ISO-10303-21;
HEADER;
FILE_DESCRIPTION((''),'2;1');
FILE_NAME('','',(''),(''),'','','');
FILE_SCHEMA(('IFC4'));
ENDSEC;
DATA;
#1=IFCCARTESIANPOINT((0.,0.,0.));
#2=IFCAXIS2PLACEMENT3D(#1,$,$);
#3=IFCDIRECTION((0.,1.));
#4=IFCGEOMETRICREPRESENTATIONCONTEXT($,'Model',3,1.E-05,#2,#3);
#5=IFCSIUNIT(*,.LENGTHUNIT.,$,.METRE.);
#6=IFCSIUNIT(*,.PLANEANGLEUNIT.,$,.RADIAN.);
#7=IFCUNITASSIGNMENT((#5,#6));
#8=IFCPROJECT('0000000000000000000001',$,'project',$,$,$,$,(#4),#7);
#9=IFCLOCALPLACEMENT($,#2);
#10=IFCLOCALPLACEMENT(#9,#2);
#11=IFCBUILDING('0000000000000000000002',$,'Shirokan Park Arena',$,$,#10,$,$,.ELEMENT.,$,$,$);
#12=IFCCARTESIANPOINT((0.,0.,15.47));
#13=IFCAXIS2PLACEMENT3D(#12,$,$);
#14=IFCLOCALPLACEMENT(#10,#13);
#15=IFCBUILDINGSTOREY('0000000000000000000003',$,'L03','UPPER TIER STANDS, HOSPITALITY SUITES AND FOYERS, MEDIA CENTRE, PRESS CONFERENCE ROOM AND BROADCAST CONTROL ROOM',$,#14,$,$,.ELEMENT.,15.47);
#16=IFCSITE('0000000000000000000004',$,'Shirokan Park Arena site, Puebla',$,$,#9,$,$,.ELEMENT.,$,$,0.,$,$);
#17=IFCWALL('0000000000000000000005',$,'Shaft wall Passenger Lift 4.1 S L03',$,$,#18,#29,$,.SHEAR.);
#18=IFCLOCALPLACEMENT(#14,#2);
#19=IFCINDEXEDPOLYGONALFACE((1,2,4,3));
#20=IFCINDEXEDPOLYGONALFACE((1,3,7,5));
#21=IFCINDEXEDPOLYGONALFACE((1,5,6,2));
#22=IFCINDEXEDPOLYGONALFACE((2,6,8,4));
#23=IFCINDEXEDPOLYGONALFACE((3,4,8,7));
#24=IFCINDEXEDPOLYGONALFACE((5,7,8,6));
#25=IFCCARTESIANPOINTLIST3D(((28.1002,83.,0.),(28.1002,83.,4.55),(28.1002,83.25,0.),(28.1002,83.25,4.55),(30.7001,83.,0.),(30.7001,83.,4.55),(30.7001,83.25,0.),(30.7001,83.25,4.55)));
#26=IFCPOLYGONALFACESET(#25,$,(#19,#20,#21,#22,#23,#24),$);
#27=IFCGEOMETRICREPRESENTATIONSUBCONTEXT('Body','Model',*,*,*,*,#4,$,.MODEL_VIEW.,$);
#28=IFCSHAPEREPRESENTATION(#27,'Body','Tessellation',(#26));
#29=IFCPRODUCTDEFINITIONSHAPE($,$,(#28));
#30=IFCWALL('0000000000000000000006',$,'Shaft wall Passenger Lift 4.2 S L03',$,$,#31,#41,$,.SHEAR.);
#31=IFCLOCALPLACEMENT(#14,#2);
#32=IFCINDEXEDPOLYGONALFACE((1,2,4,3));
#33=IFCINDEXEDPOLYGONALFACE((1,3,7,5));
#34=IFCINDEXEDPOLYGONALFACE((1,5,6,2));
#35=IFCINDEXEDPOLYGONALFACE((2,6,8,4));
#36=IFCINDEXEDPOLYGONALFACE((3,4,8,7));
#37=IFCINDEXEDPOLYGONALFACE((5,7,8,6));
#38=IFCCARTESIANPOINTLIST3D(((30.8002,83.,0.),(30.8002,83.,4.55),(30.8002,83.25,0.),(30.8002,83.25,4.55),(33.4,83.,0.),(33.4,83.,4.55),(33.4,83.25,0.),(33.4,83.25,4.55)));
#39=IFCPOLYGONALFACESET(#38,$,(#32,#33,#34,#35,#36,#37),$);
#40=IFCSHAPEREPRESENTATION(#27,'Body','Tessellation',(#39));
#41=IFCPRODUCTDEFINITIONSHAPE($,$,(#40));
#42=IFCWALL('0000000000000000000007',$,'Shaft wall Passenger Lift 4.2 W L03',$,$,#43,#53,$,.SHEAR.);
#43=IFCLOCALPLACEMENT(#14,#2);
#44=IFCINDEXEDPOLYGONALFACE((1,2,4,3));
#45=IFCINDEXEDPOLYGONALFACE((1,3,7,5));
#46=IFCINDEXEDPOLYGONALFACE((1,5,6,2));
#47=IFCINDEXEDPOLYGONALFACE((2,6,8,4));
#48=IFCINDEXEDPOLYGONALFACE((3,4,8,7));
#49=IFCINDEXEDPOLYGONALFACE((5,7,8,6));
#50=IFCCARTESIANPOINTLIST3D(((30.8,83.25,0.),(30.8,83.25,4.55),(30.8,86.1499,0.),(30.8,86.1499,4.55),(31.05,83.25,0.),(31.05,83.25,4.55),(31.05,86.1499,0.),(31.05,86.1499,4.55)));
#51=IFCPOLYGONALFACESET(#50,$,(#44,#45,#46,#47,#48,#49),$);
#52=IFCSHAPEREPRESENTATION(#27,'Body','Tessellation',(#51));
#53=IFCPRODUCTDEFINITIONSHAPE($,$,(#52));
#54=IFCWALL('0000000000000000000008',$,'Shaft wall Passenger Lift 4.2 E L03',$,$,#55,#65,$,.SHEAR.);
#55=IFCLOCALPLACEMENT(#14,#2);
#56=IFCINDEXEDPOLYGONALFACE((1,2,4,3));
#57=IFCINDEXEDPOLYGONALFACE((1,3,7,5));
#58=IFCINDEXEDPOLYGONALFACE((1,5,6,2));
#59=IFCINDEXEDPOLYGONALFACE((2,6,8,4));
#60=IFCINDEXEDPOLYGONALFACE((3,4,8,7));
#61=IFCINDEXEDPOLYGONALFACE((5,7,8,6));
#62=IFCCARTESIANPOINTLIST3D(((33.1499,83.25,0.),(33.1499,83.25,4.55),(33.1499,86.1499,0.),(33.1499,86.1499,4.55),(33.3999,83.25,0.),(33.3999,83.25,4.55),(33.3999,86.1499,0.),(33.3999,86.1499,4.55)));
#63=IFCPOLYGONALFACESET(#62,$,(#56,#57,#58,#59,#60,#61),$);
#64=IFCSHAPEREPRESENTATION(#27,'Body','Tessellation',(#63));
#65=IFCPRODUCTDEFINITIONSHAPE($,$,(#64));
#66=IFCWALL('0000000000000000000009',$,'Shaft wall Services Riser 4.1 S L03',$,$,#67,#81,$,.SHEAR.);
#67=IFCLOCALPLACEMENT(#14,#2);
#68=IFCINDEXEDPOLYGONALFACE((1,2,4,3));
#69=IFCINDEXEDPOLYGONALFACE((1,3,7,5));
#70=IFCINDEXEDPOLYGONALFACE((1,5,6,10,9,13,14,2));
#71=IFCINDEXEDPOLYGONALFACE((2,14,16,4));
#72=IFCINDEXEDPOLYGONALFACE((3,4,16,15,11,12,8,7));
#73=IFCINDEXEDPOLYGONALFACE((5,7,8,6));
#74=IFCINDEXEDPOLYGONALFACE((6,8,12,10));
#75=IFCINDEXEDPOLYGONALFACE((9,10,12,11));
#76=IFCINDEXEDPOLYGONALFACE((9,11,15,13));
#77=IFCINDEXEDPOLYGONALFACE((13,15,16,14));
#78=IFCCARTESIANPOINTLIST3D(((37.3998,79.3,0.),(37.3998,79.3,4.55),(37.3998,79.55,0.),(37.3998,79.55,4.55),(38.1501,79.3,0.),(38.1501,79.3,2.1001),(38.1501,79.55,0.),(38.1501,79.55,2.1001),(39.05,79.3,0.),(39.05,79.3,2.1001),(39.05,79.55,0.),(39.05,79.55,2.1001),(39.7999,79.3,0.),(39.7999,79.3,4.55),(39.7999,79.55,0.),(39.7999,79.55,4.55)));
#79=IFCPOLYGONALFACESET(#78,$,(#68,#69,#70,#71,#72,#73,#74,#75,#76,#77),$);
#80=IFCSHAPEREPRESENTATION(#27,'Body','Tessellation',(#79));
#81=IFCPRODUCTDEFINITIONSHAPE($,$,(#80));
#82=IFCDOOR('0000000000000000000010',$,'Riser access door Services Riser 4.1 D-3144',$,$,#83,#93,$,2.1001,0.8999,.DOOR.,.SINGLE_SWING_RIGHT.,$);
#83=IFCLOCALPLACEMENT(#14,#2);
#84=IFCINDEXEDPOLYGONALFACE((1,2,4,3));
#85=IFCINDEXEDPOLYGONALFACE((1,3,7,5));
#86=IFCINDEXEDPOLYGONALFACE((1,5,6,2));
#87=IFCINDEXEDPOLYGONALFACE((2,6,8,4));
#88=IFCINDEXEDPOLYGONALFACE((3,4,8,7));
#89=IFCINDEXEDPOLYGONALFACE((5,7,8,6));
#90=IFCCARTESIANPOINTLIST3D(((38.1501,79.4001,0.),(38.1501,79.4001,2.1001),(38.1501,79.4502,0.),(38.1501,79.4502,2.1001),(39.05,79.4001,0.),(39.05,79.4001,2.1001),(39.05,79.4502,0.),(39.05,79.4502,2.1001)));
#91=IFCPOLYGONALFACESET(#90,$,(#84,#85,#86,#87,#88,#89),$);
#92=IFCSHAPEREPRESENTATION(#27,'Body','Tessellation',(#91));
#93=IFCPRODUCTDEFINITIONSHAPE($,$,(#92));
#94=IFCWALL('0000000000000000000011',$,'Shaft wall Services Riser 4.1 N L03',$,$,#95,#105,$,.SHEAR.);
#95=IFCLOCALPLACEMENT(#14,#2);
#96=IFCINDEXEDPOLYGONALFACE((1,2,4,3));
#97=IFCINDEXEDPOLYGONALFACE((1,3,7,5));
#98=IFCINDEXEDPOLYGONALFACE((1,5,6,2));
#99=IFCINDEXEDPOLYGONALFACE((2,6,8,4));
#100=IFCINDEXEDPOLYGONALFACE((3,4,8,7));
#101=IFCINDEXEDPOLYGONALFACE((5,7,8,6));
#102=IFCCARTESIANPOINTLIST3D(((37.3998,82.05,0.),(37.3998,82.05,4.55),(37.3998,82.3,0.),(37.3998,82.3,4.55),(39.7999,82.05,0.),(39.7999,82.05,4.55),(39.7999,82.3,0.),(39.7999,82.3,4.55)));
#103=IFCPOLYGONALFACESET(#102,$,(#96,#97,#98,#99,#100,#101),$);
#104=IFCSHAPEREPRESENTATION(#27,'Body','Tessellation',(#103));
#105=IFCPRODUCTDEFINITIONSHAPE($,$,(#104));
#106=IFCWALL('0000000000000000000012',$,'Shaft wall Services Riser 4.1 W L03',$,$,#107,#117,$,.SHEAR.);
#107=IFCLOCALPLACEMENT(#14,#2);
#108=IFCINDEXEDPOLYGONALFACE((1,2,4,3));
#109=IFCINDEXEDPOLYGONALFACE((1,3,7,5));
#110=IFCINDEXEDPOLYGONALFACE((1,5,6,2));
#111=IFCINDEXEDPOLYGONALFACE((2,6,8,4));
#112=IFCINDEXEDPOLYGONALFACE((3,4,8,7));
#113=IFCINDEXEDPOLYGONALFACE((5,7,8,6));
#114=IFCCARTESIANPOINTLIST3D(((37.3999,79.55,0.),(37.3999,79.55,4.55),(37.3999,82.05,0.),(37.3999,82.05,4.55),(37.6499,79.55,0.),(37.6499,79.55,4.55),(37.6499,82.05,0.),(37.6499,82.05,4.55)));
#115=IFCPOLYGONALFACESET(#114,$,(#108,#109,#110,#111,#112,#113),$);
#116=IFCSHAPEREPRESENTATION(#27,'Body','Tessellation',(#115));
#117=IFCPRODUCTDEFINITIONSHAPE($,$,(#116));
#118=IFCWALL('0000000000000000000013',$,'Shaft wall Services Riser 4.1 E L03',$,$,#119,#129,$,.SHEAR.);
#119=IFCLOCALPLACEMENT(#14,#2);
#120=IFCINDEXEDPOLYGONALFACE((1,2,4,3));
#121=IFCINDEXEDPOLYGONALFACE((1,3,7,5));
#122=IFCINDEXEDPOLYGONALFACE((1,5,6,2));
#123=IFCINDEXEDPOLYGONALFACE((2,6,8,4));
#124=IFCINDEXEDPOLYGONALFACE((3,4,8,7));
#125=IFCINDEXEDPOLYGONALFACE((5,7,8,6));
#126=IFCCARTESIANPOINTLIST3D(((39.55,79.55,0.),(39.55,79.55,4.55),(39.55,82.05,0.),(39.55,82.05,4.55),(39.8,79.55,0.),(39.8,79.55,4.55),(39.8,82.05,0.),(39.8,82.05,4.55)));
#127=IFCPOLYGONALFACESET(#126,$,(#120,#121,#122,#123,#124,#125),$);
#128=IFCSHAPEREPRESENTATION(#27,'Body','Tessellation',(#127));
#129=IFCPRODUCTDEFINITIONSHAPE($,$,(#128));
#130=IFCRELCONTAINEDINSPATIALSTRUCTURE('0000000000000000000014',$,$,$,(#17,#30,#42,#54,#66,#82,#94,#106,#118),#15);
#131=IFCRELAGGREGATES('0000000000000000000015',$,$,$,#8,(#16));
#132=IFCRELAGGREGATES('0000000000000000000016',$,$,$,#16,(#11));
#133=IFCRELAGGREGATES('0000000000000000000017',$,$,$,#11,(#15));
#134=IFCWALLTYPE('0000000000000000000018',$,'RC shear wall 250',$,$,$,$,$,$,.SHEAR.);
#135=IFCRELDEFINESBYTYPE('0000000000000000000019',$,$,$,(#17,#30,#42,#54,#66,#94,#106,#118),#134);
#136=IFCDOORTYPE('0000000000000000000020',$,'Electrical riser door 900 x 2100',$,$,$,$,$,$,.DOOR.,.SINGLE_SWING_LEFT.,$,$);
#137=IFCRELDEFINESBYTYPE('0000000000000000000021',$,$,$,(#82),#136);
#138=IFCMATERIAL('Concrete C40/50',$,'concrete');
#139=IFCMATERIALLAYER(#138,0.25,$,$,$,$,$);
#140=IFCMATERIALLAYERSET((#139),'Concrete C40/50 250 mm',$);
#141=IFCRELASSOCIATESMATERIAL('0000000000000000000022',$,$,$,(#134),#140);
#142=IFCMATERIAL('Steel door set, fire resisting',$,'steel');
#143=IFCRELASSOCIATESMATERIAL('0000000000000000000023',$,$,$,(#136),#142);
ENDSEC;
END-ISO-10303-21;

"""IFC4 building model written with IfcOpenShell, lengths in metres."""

from ifc_helpers import new_model, si_unit, direction, frame, frame_2d, origin, place, context, subcontext, project, spatial, rectangle, extrude, material, layer, layer_set, type_object, element, fill, save


model = new_model("IFC4")

# Units and contexts
model_context = context("Model", 3, precision=1e-05, world=origin(), true_north=direction((0.0, 1.0)))
body_context = subcontext(model_context, "Body", "Model", "MODEL_VIEW")
ifc_project = project(units=[si_unit("LENGTHUNIT", "METRE"), si_unit("PLANEANGLEUNIT", "RADIAN")], contexts=[model_context])

# Site, building, storey
site_placement = place(None, origin())
site = spatial("IfcSite", under=ifc_project, at=site_placement, Name="Shirokan Park Arena site, Puebla", CompositionType="ELEMENT", RefElevation=0.0)
building_placement = place(site_placement, origin())
building = spatial("IfcBuilding", under=site, at=building_placement, Name="Shirokan Park Arena", CompositionType="ELEMENT")
storey_placement = place(building_placement, frame((0.0, 0.0, 15.47)))
storey = spatial("IfcBuildingStorey", under=building, at=storey_placement, Name="L03", Description="UPPER TIER STANDS, HOSPITALITY SUITES AND FOYERS, MEDIA CENTRE, PRESS CONFERENCE ROOM AND BROADCAST CONTROL ROOM", CompositionType="ELEMENT", Elevation=15.47)

# Walls
ifc_material_1 = material(Name="Concrete C40/50", Category="concrete")
ifc_layer_1 = layer(ifc_material_1, 0.25)
ifc_layer_set_1 = layer_set([ifc_layer_1], Name="Concrete C40/50 250 mm")
wall_type_1 = type_object("IfcWallType", Name="RC shear wall 250", PredefinedType="SHEAR", material=ifc_layer_set_1)
for number, where, z_axis, x_axis, name in (
    (1, (30.7, 83.125, 0.0), (0.0, 0.0, 1.0), (-1.0, 0.0, 0.0), "Shaft wall Passenger Lift 4.1 S L03"),
    (2, (33.3999, 83.125, 0.0), (0.0, 0.0, 1.0), (-1.0, 0.0, 0.0), "Shaft wall Passenger Lift 4.2 S L03"),
):
    element("IfcWall", number, at=place(storey_placement, frame(where, z_axis=z_axis, x_axis=x_axis)), inside=storey, type_object=wall_type_1, Name=name, PredefinedType="SHEAR", context=body_context, shape_type="SweptSolid", body=[
        extrude(rectangle(XDim=2.5999, YDim=0.25, at=frame_2d((1.2998, 0.0))), origin(), (0.0, 0.0, 1.0), 4.55),
    ])
for number, where, z_axis, x_axis, name in (
    (3, (30.925, 86.1499, 0.0), (0.0, 0.0, 1.0), (0.0, -1.0, 0.0), "Shaft wall Passenger Lift 4.2 W L03"),
    (4, (33.2749, 86.1499, 0.0), (0.0, 0.0, 1.0), (0.0, -1.0, 0.0), "Shaft wall Passenger Lift 4.2 E L03"),
):
    element("IfcWall", number, at=place(storey_placement, frame(where, z_axis=z_axis, x_axis=x_axis)), inside=storey, type_object=wall_type_1, Name=name, PredefinedType="SHEAR", context=body_context, shape_type="SweptSolid", body=[
        extrude(rectangle(XDim=2.8999, YDim=0.25, at=frame_2d((1.45, 0.0))), origin(), (0.0, 0.0, 1.0), 4.55),
    ])

# Wall, opening, door
wall_1_placement = place(storey_placement, frame((39.8, 79.425, 0.0), z_axis=(0.0, 0.0, 1.0), x_axis=(-1.0, 0.0, 0.0)))
wall_1 = element("IfcWall", 5, at=wall_1_placement, inside=storey, type_object=wall_type_1, Name="Shaft wall Services Riser 4.1 S L03", PredefinedType="SHEAR", context=body_context, shape_type="SweptSolid", body=[
    extrude(rectangle(XDim=2.4001, YDim=0.25, at=frame_2d((1.2002, 0.0))), origin(), (0.0, 0.0, 1.0), 4.55),
])
opening_1_placement = place(wall_1_placement, frame((0.75, 0.0, 0.0)))
opening_1 = element("IfcOpeningElement", 6, at=opening_1_placement, cuts=wall_1, PredefinedType="OPENING", context=body_context, shape_type="SweptSolid", body=[
    extrude(rectangle(XDim=0.8999, YDim=2.1001, at=frame_2d((0.45, 1.05))), frame((0.0, 0.135, 0.0), z_axis=(0.0, -1.0, 0.0), x_axis=(1.0, 0.0, 0.0)), (0.0, 0.0, 1.0), 0.27),
])
ifc_material_2 = material(Name="Steel door set, fire resisting", Category="steel")
door_type_1 = type_object("IfcDoorType", Name="Electrical riser door 900 x 2100", OperationType="SINGLE_SWING_LEFT", PredefinedType="DOOR", material=ifc_material_2)
door_1_placement = place(opening_1_placement, origin())
door_1 = element("IfcDoor", 7, at=door_1_placement, inside=storey, type_object=door_type_1, Name="Riser access door Services Riser 4.1 D-3144", OperationType="SINGLE_SWING_RIGHT", OverallHeight=2.1001, OverallWidth=0.8999, PredefinedType="DOOR", context=body_context, shape_type="SweptSolid", body=[
    extrude(rectangle(XDim=0.8999, YDim=2.1001, at=frame_2d((0.45, 1.05))), frame((0.0, 0.0249, 0.0), z_axis=(0.0, -1.0, 0.0), x_axis=(1.0, 0.0, 0.0)), (0.0, 0.0, 1.0), 0.05),
])
fill(opening_1, door_1)

# Walls
wall_2_placement = place(storey_placement, frame((39.8, 82.175, 0.0), z_axis=(0.0, 0.0, 1.0), x_axis=(-1.0, 0.0, 0.0)))
element("IfcWall", 8, at=wall_2_placement, inside=storey, type_object=wall_type_1, Name="Shaft wall Services Riser 4.1 N L03", PredefinedType="SHEAR", context=body_context, shape_type="SweptSolid", body=[
    extrude(rectangle(XDim=2.4001, YDim=0.25, at=frame_2d((1.2002, 0.0))), origin(), (0.0, 0.0, 1.0), 4.55),
])
for number, where, z_axis, x_axis, name in (
    (9, (37.5249, 82.05, 0.0), (0.0, 0.0, 1.0), (0.0, -1.0, 0.0), "Shaft wall Services Riser 4.1 W L03"),
    (10, (39.675, 82.05, 0.0), (0.0, 0.0, 1.0), (0.0, -1.0, 0.0), "Shaft wall Services Riser 4.1 E L03"),
):
    element("IfcWall", number, at=place(storey_placement, frame(where, z_axis=z_axis, x_axis=x_axis)), inside=storey, type_object=wall_type_1, Name=name, PredefinedType="SHEAR", context=body_context, shape_type="SweptSolid", body=[
        extrude(rectangle(XDim=2.5, YDim=0.25, at=frame_2d((1.25, 0.0))), origin(), (0.0, 0.0, 1.0), 4.55),
    ])

save(model, "model.ifc")
